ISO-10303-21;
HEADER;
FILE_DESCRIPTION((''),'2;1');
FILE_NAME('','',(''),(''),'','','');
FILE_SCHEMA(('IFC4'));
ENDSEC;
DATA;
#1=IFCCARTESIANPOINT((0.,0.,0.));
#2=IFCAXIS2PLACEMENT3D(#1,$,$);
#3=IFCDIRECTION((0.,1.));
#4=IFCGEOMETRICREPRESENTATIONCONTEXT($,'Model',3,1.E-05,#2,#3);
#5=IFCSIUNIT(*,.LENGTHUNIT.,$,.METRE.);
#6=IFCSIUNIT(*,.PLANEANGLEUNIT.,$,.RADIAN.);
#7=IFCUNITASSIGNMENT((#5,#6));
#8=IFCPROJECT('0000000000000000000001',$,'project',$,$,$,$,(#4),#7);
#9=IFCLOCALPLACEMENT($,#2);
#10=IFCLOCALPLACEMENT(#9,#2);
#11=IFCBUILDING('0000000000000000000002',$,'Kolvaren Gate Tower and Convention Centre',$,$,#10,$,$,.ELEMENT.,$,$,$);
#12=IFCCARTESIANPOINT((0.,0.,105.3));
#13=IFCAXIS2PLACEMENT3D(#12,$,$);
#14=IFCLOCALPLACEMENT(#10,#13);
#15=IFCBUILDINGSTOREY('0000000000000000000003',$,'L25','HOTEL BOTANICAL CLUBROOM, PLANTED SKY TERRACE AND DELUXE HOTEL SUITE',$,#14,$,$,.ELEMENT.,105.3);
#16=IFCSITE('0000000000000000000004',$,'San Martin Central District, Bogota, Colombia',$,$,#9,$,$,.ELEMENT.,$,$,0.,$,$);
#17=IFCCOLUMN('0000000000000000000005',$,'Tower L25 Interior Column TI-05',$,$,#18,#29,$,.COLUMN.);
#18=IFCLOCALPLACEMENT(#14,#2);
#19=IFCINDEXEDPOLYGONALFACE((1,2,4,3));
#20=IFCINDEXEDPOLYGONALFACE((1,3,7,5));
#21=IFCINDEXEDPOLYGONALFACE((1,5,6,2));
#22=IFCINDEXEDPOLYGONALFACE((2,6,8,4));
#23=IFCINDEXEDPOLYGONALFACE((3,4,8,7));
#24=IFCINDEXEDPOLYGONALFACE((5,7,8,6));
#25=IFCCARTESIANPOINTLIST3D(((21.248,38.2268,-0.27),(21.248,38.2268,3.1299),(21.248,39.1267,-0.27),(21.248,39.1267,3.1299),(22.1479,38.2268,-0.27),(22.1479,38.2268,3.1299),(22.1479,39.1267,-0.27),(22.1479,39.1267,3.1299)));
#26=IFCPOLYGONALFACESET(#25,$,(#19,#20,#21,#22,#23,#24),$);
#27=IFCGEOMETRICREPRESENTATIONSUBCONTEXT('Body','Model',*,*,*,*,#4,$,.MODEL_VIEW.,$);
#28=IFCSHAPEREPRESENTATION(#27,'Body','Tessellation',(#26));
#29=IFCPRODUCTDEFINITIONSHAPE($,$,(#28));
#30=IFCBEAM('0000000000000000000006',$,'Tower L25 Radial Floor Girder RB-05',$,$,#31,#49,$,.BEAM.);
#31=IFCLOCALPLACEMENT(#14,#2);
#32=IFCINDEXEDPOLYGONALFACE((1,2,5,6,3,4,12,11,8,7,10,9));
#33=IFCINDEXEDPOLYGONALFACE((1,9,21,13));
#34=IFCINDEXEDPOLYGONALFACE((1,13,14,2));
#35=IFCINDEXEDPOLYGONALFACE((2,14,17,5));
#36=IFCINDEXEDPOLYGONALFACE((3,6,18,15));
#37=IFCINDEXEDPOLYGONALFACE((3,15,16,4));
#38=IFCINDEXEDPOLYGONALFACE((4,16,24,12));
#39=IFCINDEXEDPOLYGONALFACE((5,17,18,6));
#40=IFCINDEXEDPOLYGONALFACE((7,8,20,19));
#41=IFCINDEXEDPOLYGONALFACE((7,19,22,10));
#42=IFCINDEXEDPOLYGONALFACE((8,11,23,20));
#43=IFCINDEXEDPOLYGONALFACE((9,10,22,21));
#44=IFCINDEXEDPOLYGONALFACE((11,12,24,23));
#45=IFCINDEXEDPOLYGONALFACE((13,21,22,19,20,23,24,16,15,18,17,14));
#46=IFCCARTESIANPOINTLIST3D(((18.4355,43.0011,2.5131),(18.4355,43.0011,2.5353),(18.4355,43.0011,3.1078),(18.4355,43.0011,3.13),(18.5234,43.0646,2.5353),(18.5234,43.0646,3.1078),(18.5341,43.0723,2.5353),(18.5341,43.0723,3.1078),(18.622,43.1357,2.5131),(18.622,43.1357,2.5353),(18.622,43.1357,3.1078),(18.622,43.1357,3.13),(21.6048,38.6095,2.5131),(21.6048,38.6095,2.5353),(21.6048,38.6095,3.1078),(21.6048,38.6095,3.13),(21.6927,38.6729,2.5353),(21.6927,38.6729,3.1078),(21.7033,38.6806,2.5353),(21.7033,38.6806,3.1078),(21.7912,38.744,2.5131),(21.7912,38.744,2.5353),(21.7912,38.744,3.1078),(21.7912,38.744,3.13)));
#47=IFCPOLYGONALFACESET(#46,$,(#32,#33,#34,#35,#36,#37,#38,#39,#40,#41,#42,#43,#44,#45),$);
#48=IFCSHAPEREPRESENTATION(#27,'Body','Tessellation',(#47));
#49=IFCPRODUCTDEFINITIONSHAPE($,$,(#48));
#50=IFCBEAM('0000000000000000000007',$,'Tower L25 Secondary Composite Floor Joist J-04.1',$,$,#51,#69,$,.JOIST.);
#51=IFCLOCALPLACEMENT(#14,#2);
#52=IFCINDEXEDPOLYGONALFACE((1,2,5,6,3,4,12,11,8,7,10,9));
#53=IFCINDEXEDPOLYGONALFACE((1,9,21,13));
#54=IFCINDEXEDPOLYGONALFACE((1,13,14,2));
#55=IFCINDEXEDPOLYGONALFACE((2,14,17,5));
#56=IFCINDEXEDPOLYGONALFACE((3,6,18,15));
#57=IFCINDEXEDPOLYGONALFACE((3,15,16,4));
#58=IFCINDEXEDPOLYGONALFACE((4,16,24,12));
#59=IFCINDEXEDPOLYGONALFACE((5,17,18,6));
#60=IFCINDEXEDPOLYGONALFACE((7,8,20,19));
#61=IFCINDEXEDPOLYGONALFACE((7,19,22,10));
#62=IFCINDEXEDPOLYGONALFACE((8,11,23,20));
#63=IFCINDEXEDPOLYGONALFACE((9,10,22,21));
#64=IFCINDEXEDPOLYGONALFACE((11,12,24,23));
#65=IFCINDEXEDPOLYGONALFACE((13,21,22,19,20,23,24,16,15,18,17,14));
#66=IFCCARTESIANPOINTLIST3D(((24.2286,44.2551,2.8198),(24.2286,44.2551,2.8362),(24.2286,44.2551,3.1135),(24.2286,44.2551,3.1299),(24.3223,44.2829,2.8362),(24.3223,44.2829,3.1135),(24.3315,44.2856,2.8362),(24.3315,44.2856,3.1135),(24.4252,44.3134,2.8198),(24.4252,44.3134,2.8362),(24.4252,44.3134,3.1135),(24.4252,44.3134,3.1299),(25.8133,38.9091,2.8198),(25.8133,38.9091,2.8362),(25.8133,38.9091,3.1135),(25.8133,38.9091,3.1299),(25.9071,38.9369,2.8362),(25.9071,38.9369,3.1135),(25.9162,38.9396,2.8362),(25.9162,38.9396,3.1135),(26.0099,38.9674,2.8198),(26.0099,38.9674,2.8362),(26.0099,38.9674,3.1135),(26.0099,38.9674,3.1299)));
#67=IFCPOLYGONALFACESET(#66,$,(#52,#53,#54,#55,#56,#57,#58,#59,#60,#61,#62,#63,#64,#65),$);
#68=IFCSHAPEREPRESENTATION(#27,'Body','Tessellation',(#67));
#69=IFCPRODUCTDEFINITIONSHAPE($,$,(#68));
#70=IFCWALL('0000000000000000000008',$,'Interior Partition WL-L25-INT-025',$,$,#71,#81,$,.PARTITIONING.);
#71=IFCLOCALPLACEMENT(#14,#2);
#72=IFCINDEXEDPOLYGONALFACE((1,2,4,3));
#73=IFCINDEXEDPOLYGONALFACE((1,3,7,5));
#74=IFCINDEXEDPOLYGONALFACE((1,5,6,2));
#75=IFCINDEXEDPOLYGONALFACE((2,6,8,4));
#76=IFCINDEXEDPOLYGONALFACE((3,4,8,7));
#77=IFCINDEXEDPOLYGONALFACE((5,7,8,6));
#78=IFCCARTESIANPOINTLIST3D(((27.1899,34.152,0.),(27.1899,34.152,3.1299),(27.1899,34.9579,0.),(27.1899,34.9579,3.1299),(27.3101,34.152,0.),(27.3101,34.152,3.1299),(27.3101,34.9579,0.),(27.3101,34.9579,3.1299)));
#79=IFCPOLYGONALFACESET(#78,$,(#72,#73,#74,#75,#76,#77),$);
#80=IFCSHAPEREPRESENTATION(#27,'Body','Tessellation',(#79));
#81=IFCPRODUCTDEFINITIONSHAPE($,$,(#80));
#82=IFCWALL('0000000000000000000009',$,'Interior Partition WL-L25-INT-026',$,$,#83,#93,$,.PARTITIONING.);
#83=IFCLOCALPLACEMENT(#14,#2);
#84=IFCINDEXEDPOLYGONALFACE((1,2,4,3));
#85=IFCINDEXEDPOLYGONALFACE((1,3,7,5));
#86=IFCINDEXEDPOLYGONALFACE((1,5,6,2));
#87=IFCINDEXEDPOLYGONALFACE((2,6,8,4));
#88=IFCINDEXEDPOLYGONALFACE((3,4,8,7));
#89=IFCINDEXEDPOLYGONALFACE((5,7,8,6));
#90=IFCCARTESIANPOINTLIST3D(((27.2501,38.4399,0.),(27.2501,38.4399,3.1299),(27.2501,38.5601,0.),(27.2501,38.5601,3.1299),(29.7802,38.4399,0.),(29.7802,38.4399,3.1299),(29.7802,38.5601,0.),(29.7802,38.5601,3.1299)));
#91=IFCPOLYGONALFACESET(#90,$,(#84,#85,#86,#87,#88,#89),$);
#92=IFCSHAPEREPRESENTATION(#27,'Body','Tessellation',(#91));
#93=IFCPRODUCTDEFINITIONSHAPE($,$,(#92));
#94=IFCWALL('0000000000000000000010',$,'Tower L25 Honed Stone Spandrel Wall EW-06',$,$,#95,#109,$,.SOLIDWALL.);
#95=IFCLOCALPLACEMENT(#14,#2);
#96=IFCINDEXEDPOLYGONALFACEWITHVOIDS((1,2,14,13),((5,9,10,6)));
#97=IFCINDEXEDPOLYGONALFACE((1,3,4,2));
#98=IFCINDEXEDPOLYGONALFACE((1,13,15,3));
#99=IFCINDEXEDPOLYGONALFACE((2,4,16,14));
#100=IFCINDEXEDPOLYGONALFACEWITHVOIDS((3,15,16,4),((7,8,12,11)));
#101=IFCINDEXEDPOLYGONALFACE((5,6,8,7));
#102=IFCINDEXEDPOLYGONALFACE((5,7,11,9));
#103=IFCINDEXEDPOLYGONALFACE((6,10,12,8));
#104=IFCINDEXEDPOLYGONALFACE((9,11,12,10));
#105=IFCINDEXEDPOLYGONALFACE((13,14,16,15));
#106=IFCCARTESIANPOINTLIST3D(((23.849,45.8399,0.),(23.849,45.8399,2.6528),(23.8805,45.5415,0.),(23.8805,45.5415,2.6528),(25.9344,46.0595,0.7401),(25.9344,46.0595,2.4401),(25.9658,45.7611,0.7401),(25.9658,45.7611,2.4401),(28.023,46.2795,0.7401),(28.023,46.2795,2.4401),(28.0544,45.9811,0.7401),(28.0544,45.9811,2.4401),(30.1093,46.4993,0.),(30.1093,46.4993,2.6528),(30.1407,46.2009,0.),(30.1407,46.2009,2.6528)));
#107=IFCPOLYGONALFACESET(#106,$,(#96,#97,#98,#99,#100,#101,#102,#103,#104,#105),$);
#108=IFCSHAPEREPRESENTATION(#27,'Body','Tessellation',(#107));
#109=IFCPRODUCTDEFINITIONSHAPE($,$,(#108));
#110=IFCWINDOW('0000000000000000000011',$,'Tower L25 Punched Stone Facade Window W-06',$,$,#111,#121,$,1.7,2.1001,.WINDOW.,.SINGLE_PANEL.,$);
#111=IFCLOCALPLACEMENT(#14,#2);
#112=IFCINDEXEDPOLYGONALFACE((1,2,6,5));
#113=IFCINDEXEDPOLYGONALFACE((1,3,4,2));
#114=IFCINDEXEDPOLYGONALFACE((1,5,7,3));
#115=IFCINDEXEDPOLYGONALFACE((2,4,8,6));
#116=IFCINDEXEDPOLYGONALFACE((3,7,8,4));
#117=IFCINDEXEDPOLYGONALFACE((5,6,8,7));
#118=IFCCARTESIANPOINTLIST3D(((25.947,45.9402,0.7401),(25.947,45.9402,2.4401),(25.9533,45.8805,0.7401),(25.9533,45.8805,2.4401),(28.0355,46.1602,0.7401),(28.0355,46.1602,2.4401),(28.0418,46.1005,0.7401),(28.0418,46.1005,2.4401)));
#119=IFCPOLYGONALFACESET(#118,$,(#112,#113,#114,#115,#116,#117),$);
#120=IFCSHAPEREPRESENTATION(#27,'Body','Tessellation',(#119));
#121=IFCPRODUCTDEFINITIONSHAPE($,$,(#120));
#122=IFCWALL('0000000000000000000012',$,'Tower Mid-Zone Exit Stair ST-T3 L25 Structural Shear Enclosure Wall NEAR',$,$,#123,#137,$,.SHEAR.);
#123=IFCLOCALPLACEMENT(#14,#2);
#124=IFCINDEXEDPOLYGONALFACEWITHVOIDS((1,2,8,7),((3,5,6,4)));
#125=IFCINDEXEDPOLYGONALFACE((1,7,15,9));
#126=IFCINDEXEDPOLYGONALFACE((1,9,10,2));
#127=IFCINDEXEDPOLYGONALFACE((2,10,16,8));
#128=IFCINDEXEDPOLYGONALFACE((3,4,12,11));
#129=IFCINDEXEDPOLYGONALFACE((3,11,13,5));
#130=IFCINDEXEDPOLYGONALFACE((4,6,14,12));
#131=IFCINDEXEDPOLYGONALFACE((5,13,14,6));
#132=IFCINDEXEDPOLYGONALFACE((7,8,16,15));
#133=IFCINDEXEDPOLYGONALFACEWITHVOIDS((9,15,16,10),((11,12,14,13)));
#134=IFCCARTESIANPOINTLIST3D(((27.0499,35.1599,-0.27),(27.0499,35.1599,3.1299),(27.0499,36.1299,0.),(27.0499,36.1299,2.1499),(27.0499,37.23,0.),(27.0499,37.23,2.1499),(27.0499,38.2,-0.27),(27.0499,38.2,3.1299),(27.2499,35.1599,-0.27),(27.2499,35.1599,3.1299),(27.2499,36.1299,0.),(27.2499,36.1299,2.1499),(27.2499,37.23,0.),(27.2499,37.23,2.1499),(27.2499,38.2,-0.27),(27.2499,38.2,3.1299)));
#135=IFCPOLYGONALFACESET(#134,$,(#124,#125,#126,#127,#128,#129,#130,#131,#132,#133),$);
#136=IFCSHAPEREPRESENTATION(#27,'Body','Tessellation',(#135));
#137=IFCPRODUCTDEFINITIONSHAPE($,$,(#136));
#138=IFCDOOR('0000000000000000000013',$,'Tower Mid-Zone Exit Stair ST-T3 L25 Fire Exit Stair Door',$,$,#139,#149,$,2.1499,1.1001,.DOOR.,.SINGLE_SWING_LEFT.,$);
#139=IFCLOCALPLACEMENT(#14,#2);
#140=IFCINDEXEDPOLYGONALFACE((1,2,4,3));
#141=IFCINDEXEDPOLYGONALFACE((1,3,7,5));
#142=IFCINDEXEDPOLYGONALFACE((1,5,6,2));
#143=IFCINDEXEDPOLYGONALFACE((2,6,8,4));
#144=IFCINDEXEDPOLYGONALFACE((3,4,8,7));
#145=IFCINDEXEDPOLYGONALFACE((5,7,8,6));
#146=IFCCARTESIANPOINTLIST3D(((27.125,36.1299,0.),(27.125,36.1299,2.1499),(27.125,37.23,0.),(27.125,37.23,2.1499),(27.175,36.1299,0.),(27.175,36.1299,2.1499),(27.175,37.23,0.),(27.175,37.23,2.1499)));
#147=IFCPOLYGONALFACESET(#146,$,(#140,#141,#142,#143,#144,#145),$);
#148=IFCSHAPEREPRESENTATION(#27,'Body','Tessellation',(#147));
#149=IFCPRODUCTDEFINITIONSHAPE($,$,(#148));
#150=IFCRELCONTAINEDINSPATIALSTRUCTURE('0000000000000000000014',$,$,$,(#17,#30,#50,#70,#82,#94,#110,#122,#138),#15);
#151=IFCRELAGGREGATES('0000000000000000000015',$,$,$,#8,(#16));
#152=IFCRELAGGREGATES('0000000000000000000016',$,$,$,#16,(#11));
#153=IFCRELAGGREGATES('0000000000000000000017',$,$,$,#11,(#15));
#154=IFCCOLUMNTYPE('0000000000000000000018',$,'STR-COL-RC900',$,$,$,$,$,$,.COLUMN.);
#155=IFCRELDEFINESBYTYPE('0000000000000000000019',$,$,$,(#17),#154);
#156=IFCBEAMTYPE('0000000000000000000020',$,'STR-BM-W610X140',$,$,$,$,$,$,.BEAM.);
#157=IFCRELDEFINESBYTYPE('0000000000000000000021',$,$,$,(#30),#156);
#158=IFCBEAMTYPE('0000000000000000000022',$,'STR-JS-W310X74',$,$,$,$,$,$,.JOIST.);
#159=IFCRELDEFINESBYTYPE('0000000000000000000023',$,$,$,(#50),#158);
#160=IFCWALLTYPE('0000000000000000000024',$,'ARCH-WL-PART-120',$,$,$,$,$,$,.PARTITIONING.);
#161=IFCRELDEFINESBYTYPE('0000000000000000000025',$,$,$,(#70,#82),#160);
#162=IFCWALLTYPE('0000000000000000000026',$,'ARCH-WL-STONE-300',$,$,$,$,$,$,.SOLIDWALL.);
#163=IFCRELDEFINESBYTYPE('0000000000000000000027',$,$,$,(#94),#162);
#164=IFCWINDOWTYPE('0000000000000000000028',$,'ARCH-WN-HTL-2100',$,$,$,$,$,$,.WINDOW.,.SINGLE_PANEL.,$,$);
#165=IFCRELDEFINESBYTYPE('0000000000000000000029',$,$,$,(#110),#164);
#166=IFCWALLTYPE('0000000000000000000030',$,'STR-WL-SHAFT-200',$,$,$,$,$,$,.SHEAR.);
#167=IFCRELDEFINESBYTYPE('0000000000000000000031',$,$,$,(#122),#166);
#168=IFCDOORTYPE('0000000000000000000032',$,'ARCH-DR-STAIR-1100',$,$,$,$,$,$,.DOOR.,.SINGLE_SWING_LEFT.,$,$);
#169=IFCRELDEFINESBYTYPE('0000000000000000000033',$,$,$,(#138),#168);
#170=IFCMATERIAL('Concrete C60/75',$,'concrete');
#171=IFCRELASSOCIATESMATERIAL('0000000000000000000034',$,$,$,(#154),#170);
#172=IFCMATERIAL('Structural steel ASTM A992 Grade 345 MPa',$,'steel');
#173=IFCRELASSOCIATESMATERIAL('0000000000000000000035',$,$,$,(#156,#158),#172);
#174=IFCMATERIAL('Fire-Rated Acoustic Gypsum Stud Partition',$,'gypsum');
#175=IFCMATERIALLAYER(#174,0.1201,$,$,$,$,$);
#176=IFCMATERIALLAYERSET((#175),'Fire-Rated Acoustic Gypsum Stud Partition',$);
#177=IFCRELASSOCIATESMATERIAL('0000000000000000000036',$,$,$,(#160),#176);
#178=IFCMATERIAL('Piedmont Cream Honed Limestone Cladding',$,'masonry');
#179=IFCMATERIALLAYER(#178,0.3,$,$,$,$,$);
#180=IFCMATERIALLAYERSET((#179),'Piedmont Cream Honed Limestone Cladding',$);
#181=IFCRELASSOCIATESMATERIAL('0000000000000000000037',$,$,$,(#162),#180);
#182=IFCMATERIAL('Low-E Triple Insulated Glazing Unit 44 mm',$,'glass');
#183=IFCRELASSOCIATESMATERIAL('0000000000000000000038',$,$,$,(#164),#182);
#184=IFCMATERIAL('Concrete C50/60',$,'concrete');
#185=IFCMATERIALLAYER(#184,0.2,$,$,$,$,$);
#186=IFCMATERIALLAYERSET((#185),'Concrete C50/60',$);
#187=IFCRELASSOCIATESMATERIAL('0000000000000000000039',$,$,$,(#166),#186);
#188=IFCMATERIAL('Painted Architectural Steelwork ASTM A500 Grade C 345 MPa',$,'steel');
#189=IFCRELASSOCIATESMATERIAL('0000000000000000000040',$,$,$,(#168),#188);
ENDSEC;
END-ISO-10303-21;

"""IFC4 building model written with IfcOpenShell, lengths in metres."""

from ifc_helpers import new_model, si_unit, direction, frame, frame_2d, origin, origin_2d, place, context, subcontext, project, spatial, rectangle, i_section, extrude, material, layer, layer_set, material_profile, profile_set, type_object, element, fill, save


model = new_model("IFC4")

# Units and contexts
model_context = context("Model", 3, precision=1e-05, world=origin(), true_north=direction((0.0, 1.0)))
body_context = subcontext(model_context, "Body", "Model", "MODEL_VIEW")
ifc_project = project(units=[si_unit("LENGTHUNIT", "METRE"), si_unit("PLANEANGLEUNIT", "RADIAN")], contexts=[model_context])

# Site, building, storey
site_placement = place(None, origin())
site = spatial("IfcSite", under=ifc_project, at=site_placement, Name="San Martin Central District, Bogota, Colombia", CompositionType="ELEMENT", RefElevation=0.0)
building_placement = place(site_placement, origin())
building = spatial("IfcBuilding", under=site, at=building_placement, Name="Kolvaren Gate Tower and Convention Centre", CompositionType="ELEMENT")
storey_placement = place(building_placement, frame((0.0, 0.0, 105.3)))
storey = spatial("IfcBuildingStorey", under=building, at=storey_placement, Name="L25", Description="HOTEL BOTANICAL CLUBROOM, PLANTED SKY TERRACE AND DELUXE HOTEL SUITE", CompositionType="ELEMENT", Elevation=105.3)

# Column
ifc_material_1 = material(Name="Concrete C60/75", Category="concrete")
ifc_material_profile_1 = material_profile(ifc_material_1, rectangle(XDim=0.8999, YDim=0.8999, at=origin_2d()), Name="RC-COL-900X900")
ifc_profile_set_1 = profile_set([ifc_material_profile_1], Name="Concrete C60/75")
column_type = type_object("IfcColumnType", Name="STR-COL-RC900", PredefinedType="COLUMN", material=ifc_profile_set_1)
column_placement = place(storey_placement, frame((21.698, 38.6768, -0.27), z_axis=(0.0, 0.0, 1.0), x_axis=(1.0, 0.0, 0.0)))
element("IfcColumn", 1, at=column_placement, inside=storey, type_object=column_type, Name="Tower L25 Interior Column TI-05", PredefinedType="COLUMN", context=body_context, shape_type="SweptSolid", body=[
    extrude(rectangle(XDim=0.8999, YDim=0.8999, at=origin_2d()), origin(), (0.0, 0.0, 1.0), 3.3999),
])

# Beams
ifc_material_2 = material(Name="Structural steel ASTM A992 Grade 345 MPa", Category="steel")
ifc_material_profile_2 = material_profile(ifc_material_2, i_section(OverallWidth=0.23, OverallDepth=0.6169, WebThickness=0.0132, FlangeThickness=0.0222, at=origin_2d()), Name="W610X140")
ifc_profile_set_2 = profile_set([ifc_material_profile_2], Name="Structural steel ASTM A992 Grade 345 MPa")
beam_type_1 = type_object("IfcBeamType", Name="STR-BM-W610X140", PredefinedType="BEAM", material=ifc_profile_set_2)
beam_1_placement = place(storey_placement, frame((21.698, 38.6768, 2.8215), z_axis=(-0.585184, 0.8109, 0.0), x_axis=(-0.8109, -0.585184, 0.0)))
element("IfcBeam", 2, at=beam_1_placement, inside=storey, type_object=beam_type_1, Name="Tower L25 Radial Floor Girder RB-05", PredefinedType="BEAM", context=body_context, shape_type="SweptSolid", body=[
    extrude(i_section(OverallWidth=0.23, OverallDepth=0.6169, WebThickness=0.0132, FlangeThickness=0.0222, at=origin_2d()), origin(), (0.0, 0.0, 1.0), 5.4158),
])
ifc_material_profile_3 = material_profile(ifc_material_2, i_section(OverallWidth=0.2051, OverallDepth=0.3101, WebThickness=0.0095, FlangeThickness=0.0164, at=origin_2d()), Name="W310X74")
ifc_profile_set_3 = profile_set([ifc_material_profile_3], Name="Structural steel ASTM A992 Grade 345 MPa")
beam_type_2 = type_object("IfcBeamType", Name="STR-JS-W310X74", PredefinedType="JOIST", material=ifc_profile_set_3)
beam_2_placement = place(storey_placement, frame((25.9116, 38.9382, 2.9749), z_axis=(-0.284209, 0.958762, 0.0), x_axis=(-0.958762, -0.284209, 0.0)))
element("IfcBeam", 3, at=beam_2_placement, inside=storey, type_object=beam_type_2, Name="Tower L25 Secondary Composite Floor Joist J-04.1", PredefinedType="JOIST", context=body_context, shape_type="SweptSolid", body=[
    extrude(i_section(OverallWidth=0.2051, OverallDepth=0.3101, WebThickness=0.0095, FlangeThickness=0.0164, at=origin_2d()), origin(), (0.0, 0.0, 1.0), 5.5759),
])

# Walls
ifc_material_3 = material(Name="Fire-Rated Acoustic Gypsum Stud Partition", Category="gypsum")
ifc_layer_1 = layer(ifc_material_3, 0.1201)
ifc_layer_set_1 = layer_set([ifc_layer_1], Name="Fire-Rated Acoustic Gypsum Stud Partition")
wall_type_1 = type_object("IfcWallType", Name="ARCH-WL-PART-120", PredefinedType="PARTITIONING", material=ifc_layer_set_1)
wall_1_placement = place(storey_placement, frame((27.25, 34.1521, 0.0), z_axis=(0.0, 0.0, 1.0), x_axis=(0.0, 1.0, 0.0)))
element("IfcWall", 4, at=wall_1_placement, inside=storey, type_object=wall_type_1, Name="Interior Partition WL-L25-INT-025", PredefinedType="PARTITIONING", context=body_context, shape_type="SweptSolid", body=[
    extrude(rectangle(XDim=0.8059, YDim=0.1201, at=frame_2d((0.4028, 0.0))), origin(), (0.0, 0.0, 1.0), 3.1299),
])
wall_2_placement = place(storey_placement, frame((27.25, 38.5, 0.0), z_axis=(0.0, 0.0, 1.0), x_axis=(1.0, 0.0, 0.0)))
element("IfcWall", 5, at=wall_2_placement, inside=storey, type_object=wall_type_1, Name="Interior Partition WL-L25-INT-026", PredefinedType="PARTITIONING", context=body_context, shape_type="SweptSolid", body=[
    extrude(rectangle(XDim=2.53, YDim=0.1201, at=frame_2d((1.2651, 0.0))), origin(), (0.0, 0.0, 1.0), 3.1299),
])

# Wall, opening, window
ifc_material_4 = material(Name="Piedmont Cream Honed Limestone Cladding", Category="masonry")
ifc_layer_2 = layer(ifc_material_4, 0.3)
ifc_layer_set_2 = layer_set([ifc_layer_2], Name="Piedmont Cream Honed Limestone Cladding")
wall_type_2 = type_object("IfcWallType", Name="ARCH-WL-STONE-300", PredefinedType="SOLIDWALL", material=ifc_layer_set_2)
wall_3_placement = place(storey_placement, frame((23.8647, 45.6907, 0.0), z_axis=(0.0, 0.0, 1.0), x_axis=(0.994498, 0.104755, 0.0)))
wall_3 = element("IfcWall", 6, at=wall_3_placement, inside=storey, type_object=wall_type_2, Name="Tower L25 Honed Stone Spandrel Wall EW-06", PredefinedType="SOLIDWALL", context=body_context, shape_type="SweptSolid", body=[
    extrude(rectangle(XDim=6.2949, YDim=0.3, at=frame_2d((3.1475, 0.0))), origin(), (0.0, 0.0, 1.0), 2.6528),
])
opening_1_placement = place(wall_3_placement, frame((2.0969, 0.0, 0.74)))
opening_1 = element("IfcOpeningElement", 7, at=opening_1_placement, cuts=wall_3, PredefinedType="OPENING", context=body_context, shape_type="SweptSolid", body=[
    extrude(rectangle(XDim=2.1001, YDim=1.7, at=frame_2d((1.05, 0.8501))), frame((0.0, 0.1599, 0.0), z_axis=(0.0, -1.0, 0.0), x_axis=(1.0, 0.0, 0.0)), (0.0, 0.0, 1.0), 0.3201),
])
ifc_material_5 = material(Name="Low-E Triple Insulated Glazing Unit 44 mm", Category="glass")
window_type = type_object("IfcWindowType", Name="ARCH-WN-HTL-2100", PartitioningType="SINGLE_PANEL", PredefinedType="WINDOW", material=ifc_material_5)
window_placement = place(opening_1_placement, origin())
window = element("IfcWindow", 8, at=window_placement, inside=storey, type_object=window_type, Name="Tower L25 Punched Stone Facade Window W-06", OverallHeight=1.7, OverallWidth=2.1001, PartitioningType="SINGLE_PANEL", PredefinedType="WINDOW", context=body_context, shape_type="SweptSolid", body=[
    extrude(rectangle(XDim=2.1001, YDim=1.7, at=frame_2d((1.05, 0.8501))), frame((0.0, 0.03, 0.0), z_axis=(0.0, -1.0, 0.0), x_axis=(1.0, 0.0, 0.0)), (0.0, 0.0, 1.0), 0.0601),
])
fill(opening_1, window)

# Wall, opening, door
ifc_material_6 = material(Name="Concrete C50/60", Category="concrete")
ifc_layer_3 = layer(ifc_material_6, 0.2)
ifc_layer_set_3 = layer_set([ifc_layer_3], Name="Concrete C50/60")
wall_type_3 = type_object("IfcWallType", Name="STR-WL-SHAFT-200", PredefinedType="SHEAR", material=ifc_layer_set_3)
wall_4_placement = place(storey_placement, frame((27.1499, 35.1599, -0.27), z_axis=(0.0, 0.0, 1.0), x_axis=(0.0, 1.0, 0.0)))
wall_4 = element("IfcWall", 9, at=wall_4_placement, inside=storey, type_object=wall_type_3, Name="Tower Mid-Zone Exit Stair ST-T3 L25 Structural Shear Enclosure Wall NEAR", PredefinedType="SHEAR", context=body_context, shape_type="SweptSolid", body=[
    extrude(rectangle(XDim=3.04, YDim=0.2, at=frame_2d((1.52, 0.0))), origin(), (0.0, 0.0, 1.0), 3.3999),
])
opening_2_placement = place(wall_4_placement, frame((0.97, 0.0, 0.27)))
opening_2 = element("IfcOpeningElement", 10, at=opening_2_placement, cuts=wall_4, PredefinedType="OPENING", context=body_context, shape_type="SweptSolid", body=[
    extrude(rectangle(XDim=1.1001, YDim=2.1499, at=frame_2d((0.55, 1.075))), frame((0.0, 0.1099, 0.0), z_axis=(0.0, -1.0, 0.0), x_axis=(1.0, 0.0, 0.0)), (0.0, 0.0, 1.0), 0.22),
])
ifc_material_7 = material(Name="Painted Architectural Steelwork ASTM A500 Grade C 345 MPa", Category="steel")
door_type = type_object("IfcDoorType", Name="ARCH-DR-STAIR-1100", OperationType="SINGLE_SWING_LEFT", PredefinedType="DOOR", material=ifc_material_7)
door_placement = place(opening_2_placement, origin())
door = element("IfcDoor", 11, at=door_placement, inside=storey, type_object=door_type, Name="Tower Mid-Zone Exit Stair ST-T3 L25 Fire Exit Stair Door", OperationType="SINGLE_SWING_LEFT", OverallHeight=2.1499, OverallWidth=1.1001, PredefinedType="DOOR", context=body_context, shape_type="SweptSolid", body=[
    extrude(rectangle(XDim=1.1001, YDim=2.1499, at=frame_2d((0.55, 1.075))), frame((0.0, 0.0249, 0.0), z_axis=(0.0, -1.0, 0.0), x_axis=(1.0, 0.0, 0.0)), (0.0, 0.0, 1.0), 0.05),
])
fill(opening_2, door)

save(model, "model.ifc")
